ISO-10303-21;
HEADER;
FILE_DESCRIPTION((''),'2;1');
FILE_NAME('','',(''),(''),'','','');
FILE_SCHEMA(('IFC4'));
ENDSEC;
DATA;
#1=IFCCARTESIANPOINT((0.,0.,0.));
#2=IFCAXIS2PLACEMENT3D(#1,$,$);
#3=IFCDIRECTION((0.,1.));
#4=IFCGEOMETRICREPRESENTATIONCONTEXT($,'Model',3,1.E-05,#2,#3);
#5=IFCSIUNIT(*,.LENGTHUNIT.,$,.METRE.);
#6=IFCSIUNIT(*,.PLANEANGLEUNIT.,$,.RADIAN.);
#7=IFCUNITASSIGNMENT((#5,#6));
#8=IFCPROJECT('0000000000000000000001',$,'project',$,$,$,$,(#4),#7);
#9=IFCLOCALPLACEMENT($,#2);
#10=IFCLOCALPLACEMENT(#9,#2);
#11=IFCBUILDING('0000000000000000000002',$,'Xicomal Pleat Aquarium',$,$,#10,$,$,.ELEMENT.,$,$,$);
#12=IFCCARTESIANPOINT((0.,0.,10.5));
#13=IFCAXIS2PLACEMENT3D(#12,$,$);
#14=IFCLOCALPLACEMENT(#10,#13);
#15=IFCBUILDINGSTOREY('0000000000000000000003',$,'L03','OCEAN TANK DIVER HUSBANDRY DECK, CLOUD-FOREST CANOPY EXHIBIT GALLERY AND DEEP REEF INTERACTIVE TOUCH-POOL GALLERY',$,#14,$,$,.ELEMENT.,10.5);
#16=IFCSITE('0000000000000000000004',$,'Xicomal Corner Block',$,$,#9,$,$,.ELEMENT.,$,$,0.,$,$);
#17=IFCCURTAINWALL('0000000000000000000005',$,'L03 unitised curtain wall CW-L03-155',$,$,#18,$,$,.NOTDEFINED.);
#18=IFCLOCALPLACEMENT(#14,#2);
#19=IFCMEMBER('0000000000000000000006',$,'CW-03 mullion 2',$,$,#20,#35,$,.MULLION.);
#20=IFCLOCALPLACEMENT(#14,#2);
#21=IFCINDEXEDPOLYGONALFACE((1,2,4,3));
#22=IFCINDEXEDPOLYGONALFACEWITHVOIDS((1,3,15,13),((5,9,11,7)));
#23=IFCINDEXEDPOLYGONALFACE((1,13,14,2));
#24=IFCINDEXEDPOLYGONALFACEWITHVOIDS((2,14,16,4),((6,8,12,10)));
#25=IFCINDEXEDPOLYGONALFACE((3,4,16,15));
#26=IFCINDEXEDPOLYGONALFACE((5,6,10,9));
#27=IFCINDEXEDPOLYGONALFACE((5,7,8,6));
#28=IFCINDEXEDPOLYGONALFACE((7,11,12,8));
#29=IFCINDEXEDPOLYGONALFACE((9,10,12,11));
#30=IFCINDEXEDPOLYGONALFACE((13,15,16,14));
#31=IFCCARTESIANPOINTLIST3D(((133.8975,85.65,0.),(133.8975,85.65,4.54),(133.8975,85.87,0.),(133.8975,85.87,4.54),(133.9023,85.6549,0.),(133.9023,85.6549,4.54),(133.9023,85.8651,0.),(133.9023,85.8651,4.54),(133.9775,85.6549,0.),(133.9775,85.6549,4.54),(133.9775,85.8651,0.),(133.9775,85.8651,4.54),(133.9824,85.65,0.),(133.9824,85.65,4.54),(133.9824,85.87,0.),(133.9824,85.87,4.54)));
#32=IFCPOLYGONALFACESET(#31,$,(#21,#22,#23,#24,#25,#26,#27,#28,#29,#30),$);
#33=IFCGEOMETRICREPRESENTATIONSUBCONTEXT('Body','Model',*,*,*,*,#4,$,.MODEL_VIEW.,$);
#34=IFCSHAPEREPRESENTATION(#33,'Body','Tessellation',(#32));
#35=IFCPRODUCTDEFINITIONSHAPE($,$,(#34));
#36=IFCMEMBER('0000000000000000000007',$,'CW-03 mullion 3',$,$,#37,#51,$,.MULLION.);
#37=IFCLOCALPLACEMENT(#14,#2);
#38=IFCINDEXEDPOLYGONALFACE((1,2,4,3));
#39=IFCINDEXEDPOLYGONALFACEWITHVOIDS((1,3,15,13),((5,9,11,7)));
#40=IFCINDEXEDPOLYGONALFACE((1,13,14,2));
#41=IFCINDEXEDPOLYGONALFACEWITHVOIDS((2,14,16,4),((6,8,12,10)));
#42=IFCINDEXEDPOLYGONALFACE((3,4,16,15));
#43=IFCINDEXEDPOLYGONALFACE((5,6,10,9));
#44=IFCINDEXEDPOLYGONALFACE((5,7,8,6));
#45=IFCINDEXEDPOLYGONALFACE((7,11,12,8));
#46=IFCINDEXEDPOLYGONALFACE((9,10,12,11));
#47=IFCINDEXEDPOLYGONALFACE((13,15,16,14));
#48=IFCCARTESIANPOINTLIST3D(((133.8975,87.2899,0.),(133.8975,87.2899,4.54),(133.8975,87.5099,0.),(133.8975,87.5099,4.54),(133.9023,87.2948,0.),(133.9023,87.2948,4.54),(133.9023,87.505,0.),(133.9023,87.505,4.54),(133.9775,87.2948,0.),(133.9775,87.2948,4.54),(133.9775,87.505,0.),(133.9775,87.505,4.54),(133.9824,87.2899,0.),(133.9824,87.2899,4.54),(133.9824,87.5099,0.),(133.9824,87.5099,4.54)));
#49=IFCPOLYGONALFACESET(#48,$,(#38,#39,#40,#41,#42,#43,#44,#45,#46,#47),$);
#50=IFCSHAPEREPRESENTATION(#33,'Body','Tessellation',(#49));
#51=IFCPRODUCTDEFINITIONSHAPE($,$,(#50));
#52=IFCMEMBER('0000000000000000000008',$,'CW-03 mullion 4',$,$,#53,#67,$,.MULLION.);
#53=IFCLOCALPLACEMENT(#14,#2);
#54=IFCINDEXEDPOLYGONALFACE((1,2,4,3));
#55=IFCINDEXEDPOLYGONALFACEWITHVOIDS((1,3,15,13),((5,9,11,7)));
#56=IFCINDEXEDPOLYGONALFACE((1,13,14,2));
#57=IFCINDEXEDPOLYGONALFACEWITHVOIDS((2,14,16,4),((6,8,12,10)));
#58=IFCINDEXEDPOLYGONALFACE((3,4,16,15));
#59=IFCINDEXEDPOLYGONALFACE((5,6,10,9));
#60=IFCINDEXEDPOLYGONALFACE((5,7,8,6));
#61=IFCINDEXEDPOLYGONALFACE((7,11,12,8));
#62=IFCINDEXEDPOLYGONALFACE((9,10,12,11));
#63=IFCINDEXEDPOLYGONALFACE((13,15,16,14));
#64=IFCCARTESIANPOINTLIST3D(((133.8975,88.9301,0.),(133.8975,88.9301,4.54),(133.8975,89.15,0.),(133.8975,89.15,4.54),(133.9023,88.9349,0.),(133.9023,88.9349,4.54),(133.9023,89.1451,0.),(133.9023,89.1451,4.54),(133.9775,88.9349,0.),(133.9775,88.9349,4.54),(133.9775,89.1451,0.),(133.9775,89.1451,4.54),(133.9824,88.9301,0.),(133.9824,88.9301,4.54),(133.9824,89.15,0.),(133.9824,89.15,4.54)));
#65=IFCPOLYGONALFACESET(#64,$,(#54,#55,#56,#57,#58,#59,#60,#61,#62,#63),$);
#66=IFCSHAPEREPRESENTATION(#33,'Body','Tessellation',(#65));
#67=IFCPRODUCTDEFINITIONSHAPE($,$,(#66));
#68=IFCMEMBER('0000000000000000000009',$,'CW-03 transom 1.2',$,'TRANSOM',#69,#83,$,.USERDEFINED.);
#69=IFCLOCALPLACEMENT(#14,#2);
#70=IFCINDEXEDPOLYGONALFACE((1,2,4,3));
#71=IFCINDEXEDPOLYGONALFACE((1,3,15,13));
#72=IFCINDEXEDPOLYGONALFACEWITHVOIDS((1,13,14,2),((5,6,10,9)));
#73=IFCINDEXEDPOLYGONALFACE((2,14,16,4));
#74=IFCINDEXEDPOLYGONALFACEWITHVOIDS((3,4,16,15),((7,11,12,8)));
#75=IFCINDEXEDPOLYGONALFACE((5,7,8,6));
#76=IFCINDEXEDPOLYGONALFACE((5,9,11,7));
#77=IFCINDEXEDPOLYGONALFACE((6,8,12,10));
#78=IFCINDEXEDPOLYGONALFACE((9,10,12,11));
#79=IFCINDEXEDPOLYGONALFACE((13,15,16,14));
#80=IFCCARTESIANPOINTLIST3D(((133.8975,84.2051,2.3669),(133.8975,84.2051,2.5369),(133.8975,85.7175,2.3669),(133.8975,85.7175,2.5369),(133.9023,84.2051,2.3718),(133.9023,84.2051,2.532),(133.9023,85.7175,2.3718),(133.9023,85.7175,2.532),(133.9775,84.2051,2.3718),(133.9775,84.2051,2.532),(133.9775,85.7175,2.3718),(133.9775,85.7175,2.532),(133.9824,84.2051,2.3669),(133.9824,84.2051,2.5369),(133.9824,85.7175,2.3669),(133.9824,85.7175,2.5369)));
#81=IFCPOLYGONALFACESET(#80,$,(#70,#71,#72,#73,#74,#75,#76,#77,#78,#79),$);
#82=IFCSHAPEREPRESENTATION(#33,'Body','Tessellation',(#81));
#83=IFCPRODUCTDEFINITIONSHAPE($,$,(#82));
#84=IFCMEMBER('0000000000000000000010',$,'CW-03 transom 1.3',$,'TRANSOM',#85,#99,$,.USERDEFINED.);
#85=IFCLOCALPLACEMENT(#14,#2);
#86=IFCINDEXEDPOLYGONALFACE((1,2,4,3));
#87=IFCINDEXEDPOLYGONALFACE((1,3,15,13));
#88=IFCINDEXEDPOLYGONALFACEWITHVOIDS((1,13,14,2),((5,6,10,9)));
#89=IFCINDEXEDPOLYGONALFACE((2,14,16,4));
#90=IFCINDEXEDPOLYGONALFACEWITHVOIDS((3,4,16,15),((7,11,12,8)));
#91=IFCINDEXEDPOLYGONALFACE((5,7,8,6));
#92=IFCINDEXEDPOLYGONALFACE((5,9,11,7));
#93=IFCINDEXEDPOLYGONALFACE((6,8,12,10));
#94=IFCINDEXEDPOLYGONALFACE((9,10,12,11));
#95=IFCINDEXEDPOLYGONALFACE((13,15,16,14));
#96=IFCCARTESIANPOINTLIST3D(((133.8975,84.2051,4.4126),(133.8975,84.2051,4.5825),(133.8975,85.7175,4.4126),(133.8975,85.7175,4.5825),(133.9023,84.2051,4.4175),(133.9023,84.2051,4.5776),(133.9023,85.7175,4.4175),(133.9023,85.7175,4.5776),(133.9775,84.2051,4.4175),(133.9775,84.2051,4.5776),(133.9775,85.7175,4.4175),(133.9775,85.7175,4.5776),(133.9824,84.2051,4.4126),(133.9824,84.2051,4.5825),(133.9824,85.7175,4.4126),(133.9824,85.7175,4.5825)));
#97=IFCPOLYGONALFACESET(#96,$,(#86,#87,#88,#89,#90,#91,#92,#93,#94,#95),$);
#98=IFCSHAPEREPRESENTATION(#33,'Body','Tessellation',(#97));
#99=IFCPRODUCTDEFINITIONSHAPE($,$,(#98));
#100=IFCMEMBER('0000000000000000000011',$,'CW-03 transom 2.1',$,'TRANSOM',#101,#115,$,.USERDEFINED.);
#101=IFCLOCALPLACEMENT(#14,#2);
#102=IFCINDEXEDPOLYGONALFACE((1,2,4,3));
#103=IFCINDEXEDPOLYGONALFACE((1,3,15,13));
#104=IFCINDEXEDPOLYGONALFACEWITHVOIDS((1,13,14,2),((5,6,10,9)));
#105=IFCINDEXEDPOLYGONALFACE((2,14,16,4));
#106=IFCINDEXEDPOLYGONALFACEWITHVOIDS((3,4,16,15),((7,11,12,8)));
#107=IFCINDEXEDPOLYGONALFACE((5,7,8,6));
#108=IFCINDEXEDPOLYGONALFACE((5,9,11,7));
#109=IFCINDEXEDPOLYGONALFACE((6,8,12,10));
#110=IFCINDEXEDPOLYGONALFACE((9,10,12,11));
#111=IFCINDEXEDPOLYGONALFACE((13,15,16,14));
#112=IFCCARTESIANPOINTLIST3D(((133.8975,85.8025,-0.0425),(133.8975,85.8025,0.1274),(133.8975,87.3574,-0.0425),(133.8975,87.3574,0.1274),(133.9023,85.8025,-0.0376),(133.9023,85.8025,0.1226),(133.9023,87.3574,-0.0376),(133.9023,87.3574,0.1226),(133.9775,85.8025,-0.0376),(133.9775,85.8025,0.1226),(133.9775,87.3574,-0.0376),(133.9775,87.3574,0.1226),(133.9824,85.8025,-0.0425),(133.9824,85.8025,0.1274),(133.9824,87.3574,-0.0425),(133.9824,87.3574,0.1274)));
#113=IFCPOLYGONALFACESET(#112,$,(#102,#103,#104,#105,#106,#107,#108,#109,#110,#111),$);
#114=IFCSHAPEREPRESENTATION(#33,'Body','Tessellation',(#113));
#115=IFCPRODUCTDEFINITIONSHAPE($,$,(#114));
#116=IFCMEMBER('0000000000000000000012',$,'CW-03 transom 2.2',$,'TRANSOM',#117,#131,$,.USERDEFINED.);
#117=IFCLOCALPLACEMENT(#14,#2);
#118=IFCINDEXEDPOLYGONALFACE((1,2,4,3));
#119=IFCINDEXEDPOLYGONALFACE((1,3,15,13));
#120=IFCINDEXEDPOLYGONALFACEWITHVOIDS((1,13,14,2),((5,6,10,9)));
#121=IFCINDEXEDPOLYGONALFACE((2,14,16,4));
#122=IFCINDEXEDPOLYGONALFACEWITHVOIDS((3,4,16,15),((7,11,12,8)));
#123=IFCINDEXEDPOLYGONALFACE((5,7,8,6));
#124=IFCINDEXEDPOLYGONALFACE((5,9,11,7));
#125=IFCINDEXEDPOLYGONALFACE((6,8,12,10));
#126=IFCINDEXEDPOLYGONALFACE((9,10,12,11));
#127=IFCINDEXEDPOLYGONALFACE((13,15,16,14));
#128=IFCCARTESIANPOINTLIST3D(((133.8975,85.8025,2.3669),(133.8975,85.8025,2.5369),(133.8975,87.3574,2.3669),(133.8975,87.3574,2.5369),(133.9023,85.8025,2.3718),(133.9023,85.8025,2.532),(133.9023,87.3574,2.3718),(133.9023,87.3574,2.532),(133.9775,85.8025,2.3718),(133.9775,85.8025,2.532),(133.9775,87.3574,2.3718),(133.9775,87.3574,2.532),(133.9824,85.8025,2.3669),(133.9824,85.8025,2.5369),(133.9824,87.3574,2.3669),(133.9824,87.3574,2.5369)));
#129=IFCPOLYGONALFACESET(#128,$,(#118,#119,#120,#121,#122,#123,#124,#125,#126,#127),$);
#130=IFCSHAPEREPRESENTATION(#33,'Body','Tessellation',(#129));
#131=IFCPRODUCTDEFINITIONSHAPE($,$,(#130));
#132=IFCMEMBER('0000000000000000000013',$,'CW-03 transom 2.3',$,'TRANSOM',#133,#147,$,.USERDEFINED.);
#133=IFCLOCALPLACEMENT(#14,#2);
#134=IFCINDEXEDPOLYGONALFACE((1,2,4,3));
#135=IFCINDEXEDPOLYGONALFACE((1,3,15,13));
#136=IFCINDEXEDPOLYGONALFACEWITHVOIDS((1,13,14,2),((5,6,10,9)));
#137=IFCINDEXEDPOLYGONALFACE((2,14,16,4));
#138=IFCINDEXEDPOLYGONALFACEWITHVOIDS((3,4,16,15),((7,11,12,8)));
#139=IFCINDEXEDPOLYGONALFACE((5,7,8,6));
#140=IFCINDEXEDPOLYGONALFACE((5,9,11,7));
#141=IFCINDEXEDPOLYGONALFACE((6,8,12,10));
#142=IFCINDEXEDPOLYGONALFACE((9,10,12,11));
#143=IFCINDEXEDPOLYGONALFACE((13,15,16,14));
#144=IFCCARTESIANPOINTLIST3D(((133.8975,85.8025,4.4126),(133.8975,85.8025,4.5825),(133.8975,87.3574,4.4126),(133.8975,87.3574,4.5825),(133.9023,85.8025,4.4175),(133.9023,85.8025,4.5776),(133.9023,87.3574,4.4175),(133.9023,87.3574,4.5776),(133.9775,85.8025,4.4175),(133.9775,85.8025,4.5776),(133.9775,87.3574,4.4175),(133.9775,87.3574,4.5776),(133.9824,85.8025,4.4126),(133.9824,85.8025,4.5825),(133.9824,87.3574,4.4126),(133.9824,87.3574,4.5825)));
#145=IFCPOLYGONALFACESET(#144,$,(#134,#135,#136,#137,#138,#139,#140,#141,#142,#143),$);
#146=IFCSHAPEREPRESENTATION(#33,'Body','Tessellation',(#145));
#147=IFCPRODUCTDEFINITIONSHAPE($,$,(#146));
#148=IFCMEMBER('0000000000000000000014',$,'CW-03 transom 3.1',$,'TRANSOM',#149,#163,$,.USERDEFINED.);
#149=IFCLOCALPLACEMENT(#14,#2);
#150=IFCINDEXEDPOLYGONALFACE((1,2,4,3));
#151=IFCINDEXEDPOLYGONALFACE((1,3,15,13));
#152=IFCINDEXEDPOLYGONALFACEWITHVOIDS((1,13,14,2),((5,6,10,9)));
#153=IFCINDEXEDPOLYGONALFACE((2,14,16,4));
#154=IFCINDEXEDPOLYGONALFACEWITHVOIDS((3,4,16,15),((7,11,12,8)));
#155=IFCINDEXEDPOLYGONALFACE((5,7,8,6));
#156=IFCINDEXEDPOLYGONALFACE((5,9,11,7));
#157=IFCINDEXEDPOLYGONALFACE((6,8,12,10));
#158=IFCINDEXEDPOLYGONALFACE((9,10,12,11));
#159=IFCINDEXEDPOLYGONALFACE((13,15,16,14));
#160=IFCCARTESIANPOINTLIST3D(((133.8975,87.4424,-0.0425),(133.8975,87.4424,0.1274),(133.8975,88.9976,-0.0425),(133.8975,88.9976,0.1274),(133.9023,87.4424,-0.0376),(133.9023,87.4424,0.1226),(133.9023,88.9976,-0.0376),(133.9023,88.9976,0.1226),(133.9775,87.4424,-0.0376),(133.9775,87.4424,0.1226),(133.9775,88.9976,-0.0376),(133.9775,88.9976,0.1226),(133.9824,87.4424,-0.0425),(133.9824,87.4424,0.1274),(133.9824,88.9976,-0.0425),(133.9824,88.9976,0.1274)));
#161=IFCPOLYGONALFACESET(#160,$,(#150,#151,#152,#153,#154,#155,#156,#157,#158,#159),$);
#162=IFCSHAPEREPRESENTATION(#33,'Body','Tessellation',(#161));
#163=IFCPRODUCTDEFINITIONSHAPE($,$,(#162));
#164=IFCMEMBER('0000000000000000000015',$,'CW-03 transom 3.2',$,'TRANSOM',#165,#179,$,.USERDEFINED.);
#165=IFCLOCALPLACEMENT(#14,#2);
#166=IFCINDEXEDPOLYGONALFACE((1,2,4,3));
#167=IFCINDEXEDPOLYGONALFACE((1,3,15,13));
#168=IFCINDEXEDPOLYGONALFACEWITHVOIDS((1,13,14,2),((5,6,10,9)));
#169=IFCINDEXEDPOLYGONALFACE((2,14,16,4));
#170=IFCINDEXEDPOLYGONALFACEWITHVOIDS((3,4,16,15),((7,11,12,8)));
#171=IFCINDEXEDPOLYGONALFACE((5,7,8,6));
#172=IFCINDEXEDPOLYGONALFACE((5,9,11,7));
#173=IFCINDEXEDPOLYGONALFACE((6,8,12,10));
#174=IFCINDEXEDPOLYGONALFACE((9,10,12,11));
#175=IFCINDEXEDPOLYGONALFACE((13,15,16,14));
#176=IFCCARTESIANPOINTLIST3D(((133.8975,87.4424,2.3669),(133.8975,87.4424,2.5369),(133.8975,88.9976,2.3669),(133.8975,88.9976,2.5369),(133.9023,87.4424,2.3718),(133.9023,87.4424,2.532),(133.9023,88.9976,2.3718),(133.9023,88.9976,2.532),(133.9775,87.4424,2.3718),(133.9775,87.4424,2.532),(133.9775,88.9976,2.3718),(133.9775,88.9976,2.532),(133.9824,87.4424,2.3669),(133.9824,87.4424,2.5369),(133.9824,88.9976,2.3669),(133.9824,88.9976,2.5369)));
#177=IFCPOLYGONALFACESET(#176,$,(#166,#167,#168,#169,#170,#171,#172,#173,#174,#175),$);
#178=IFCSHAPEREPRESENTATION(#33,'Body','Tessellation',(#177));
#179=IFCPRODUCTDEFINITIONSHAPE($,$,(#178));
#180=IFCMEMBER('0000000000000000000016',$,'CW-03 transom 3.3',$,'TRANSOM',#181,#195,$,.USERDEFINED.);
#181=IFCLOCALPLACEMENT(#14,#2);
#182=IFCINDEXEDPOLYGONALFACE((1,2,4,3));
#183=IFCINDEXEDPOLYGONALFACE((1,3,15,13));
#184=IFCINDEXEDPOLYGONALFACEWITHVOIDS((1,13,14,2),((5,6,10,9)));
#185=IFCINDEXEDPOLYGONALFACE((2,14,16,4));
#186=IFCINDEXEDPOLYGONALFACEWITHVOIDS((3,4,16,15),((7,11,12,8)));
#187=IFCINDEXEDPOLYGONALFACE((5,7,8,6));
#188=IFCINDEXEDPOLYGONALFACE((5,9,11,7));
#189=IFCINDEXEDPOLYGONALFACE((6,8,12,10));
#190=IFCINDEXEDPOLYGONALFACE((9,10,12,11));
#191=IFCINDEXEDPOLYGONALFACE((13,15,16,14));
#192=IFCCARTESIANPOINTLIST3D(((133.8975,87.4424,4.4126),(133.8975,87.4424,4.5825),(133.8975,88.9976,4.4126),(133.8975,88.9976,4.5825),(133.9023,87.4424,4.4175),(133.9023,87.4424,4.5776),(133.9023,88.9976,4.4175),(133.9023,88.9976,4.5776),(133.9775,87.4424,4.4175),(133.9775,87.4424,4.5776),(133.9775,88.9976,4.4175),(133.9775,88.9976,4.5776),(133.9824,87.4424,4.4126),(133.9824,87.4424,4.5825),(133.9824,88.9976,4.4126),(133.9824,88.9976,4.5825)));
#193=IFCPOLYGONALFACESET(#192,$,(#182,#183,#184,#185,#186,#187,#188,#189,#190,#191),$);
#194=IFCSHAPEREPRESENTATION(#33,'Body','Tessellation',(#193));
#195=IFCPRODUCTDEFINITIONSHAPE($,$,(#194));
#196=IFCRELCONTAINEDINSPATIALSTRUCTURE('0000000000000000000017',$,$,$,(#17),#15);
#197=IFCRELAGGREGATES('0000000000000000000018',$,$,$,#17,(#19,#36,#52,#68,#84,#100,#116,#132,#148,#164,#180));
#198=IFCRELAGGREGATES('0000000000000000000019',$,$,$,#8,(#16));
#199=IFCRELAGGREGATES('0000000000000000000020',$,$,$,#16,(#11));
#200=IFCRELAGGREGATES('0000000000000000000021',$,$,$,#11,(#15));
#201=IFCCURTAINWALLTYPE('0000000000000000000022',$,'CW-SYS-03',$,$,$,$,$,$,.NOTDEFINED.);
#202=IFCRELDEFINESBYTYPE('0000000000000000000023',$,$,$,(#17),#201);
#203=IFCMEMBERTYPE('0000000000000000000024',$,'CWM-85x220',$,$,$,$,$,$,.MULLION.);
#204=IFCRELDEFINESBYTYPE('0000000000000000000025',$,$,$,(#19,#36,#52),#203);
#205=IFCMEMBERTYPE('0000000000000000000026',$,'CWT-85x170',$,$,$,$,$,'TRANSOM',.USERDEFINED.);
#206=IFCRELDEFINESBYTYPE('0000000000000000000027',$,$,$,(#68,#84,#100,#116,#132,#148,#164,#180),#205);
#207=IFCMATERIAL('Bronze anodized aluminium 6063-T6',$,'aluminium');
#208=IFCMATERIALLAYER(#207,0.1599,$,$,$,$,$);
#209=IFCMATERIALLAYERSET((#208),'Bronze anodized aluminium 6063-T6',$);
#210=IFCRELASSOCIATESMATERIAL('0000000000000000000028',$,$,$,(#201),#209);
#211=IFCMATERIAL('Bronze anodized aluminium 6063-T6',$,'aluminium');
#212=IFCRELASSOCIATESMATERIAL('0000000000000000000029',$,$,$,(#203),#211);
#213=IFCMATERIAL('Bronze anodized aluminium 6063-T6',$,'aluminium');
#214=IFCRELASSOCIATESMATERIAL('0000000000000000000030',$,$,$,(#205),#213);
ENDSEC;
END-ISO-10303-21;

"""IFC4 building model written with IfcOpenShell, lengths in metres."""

from ifc_helpers import new_model, si_unit, direction, frame, origin, origin_2d, place, context, subcontext, project, spatial, hollow_rectangle, extrude, material, layer, layer_set, material_profile, profile_set, type_object, element, aggregate, save


model = new_model("IFC4")

# Units and contexts
model_context = context("Model", 3, precision=1e-05, world=origin(), true_north=direction((0.0, 1.0)))
body_context = subcontext(model_context, "Body", "Model", "MODEL_VIEW")
ifc_project = project(units=[si_unit("LENGTHUNIT", "METRE"), si_unit("PLANEANGLEUNIT", "RADIAN")], contexts=[model_context])

# Site, building, storey
site_placement = place(None, origin())
site = spatial("IfcSite", under=ifc_project, at=site_placement, Name="Xicomal Corner Block", CompositionType="ELEMENT", RefElevation=0.0)
building_placement = place(site_placement, origin())
building = spatial("IfcBuilding", under=site, at=building_placement, Name="Xicomal Pleat Aquarium", CompositionType="ELEMENT")
storey_placement = place(building_placement, frame((0.0, 0.0, 10.5)))
storey = spatial("IfcBuildingStorey", under=building, at=storey_placement, Name="L03", Description="OCEAN TANK DIVER HUSBANDRY DECK, CLOUD-FOREST CANOPY EXHIBIT GALLERY AND DEEP REEF INTERACTIVE TOUCH-POOL GALLERY", CompositionType="ELEMENT", Elevation=10.5)

# Curtain wall, members
ifc_material_1 = material(Name="Bronze anodized aluminium 6063-T6", Category="aluminium")
ifc_layer_1 = layer(ifc_material_1, 0.1599)
ifc_layer_set_1 = layer_set([ifc_layer_1], Name="Bronze anodized aluminium 6063-T6")
curtain_wall_type = type_object("IfcCurtainWallType", Name="CW-SYS-03", PredefinedType="NOTDEFINED", material=ifc_layer_set_1)
curtain_wall_placement = place(storey_placement, origin())
curtain_wall = element("IfcCurtainWall", 1, at=curtain_wall_placement, inside=storey, type_object=curtain_wall_type, Name="L03 unitised curtain wall CW-L03-155", PredefinedType="NOTDEFINED")
ifc_material_2 = material(Name="Bronze anodized aluminium 6063-T6", Category="aluminium")
ifc_material_profile_1 = material_profile(ifc_material_2, hollow_rectangle(XDim=0.085, YDim=0.22, WallThickness=0.0049, at=origin_2d()), Name="ALU MULL 85x220")
ifc_profile_set_1 = profile_set([ifc_material_profile_1], Name="Bronze anodized aluminium 6063-T6")
member_type_1 = type_object("IfcMemberType", Name="CWM-85x220", PredefinedType="MULLION", material=ifc_profile_set_1)
member_1_placement = place(storey_placement, frame((133.9399, 85.76, 0.0), z_axis=(0.0, 0.0, 1.0), x_axis=(-1.0, 0.0, 0.0)))
member_1 = element("IfcMember", 2, at=member_1_placement, type_object=member_type_1, Name="CW-03 mullion 2", PredefinedType="MULLION", context=body_context, shape_type="SweptSolid", body=[
    extrude(hollow_rectangle(XDim=0.085, YDim=0.22, WallThickness=0.0049, at=origin_2d()), origin(), (0.0, 0.0, 1.0), 4.54),
])
member_2_placement = place(storey_placement, frame((133.9399, 87.3999, 0.0), z_axis=(0.0, 0.0, 1.0), x_axis=(-1.0, 0.0, 0.0)))
member_2 = element("IfcMember", 3, at=member_2_placement, type_object=member_type_1, Name="CW-03 mullion 3", PredefinedType="MULLION", context=body_context, shape_type="SweptSolid", body=[
    extrude(hollow_rectangle(XDim=0.085, YDim=0.22, WallThickness=0.0049, at=origin_2d()), origin(), (0.0, 0.0, 1.0), 4.54),
])
member_3_placement = place(storey_placement, frame((133.9399, 89.04, 0.0), z_axis=(0.0, 0.0, 1.0), x_axis=(-1.0, 0.0, 0.0)))
member_3 = element("IfcMember", 4, at=member_3_placement, type_object=member_type_1, Name="CW-03 mullion 4", PredefinedType="MULLION", context=body_context, shape_type="SweptSolid", body=[
    extrude(hollow_rectangle(XDim=0.085, YDim=0.22, WallThickness=0.0049, at=origin_2d()), origin(), (0.0, 0.0, 1.0), 4.54),
])
ifc_material_3 = material(Name="Bronze anodized aluminium 6063-T6", Category="aluminium")
ifc_material_profile_2 = material_profile(ifc_material_3, hollow_rectangle(XDim=0.085, YDim=0.1699, WallThickness=0.0049, at=origin_2d()), Name="ALU TRAN 85x170")
ifc_profile_set_2 = profile_set([ifc_material_profile_2], Name="Bronze anodized aluminium 6063-T6")
member_type_2 = type_object("IfcMemberType", Name="CWT-85x170", ElementType="TRANSOM", PredefinedType="USERDEFINED", material=ifc_profile_set_2)
member_4_placement = place(storey_placement, frame((133.9399, 84.2051, 2.4519), z_axis=(0.0, 1.0, 0.0), x_axis=(-1.0, 0.0, 0.0)))
member_4 = element("IfcMember", 5, at=member_4_placement, type_object=member_type_2, Name="CW-03 transom 1.2", ObjectType="TRANSOM", PredefinedType="USERDEFINED", context=body_context, shape_type="SweptSolid", body=[
    extrude(hollow_rectangle(XDim=0.085, YDim=0.1699, WallThickness=0.0049, at=origin_2d()), origin(), (0.0, 0.0, 1.0), 1.5125),
])
member_5_placement = place(storey_placement, frame((133.9399, 84.2051, 4.4976), z_axis=(0.0, 1.0, 0.0), x_axis=(-1.0, 0.0, 0.0)))
member_5 = element("IfcMember", 6, at=member_5_placement, type_object=member_type_2, Name="CW-03 transom 1.3", ObjectType="TRANSOM", PredefinedType="USERDEFINED", context=body_context, shape_type="SweptSolid", body=[
    extrude(hollow_rectangle(XDim=0.085, YDim=0.1699, WallThickness=0.0049, at=origin_2d()), origin(), (0.0, 0.0, 1.0), 1.5125),
])
member_6_placement = place(storey_placement, frame((133.9399, 85.8025, 0.0425), z_axis=(0.0, 1.0, 0.0), x_axis=(-1.0, 0.0, 0.0)))
member_6 = element("IfcMember", 7, at=member_6_placement, type_object=member_type_2, Name="CW-03 transom 2.1", ObjectType="TRANSOM", PredefinedType="USERDEFINED", context=body_context, shape_type="SweptSolid", body=[
    extrude(hollow_rectangle(XDim=0.085, YDim=0.1699, WallThickness=0.0049, at=origin_2d()), origin(), (0.0, 0.0, 1.0), 1.5549),
])
member_7_placement = place(storey_placement, frame((133.9399, 85.8025, 2.4519), z_axis=(0.0, 1.0, 0.0), x_axis=(-1.0, 0.0, 0.0)))
member_7 = element("IfcMember", 8, at=member_7_placement, type_object=member_type_2, Name="CW-03 transom 2.2", ObjectType="TRANSOM", PredefinedType="USERDEFINED", context=body_context, shape_type="SweptSolid", body=[
    extrude(hollow_rectangle(XDim=0.085, YDim=0.1699, WallThickness=0.0049, at=origin_2d()), origin(), (0.0, 0.0, 1.0), 1.5549),
])
member_8_placement = place(storey_placement, frame((133.9399, 85.8025, 4.4976), z_axis=(0.0, 1.0, 0.0), x_axis=(-1.0, 0.0, 0.0)))
member_8 = element("IfcMember", 9, at=member_8_placement, type_object=member_type_2, Name="CW-03 transom 2.3", ObjectType="TRANSOM", PredefinedType="USERDEFINED", context=body_context, shape_type="SweptSolid", body=[
    extrude(hollow_rectangle(XDim=0.085, YDim=0.1699, WallThickness=0.0049, at=origin_2d()), origin(), (0.0, 0.0, 1.0), 1.5549),
])
member_9_placement = place(storey_placement, frame((133.9399, 87.4424, 0.0425), z_axis=(0.0, 1.0, 0.0), x_axis=(-1.0, 0.0, 0.0)))
member_9 = element("IfcMember", 10, at=member_9_placement, type_object=member_type_2, Name="CW-03 transom 3.1", ObjectType="TRANSOM", PredefinedType="USERDEFINED", context=body_context, shape_type="SweptSolid", body=[
    extrude(hollow_rectangle(XDim=0.085, YDim=0.1699, WallThickness=0.0049, at=origin_2d()), origin(), (0.0, 0.0, 1.0), 1.5552),
])
member_10_placement = place(storey_placement, frame((133.9399, 87.4424, 2.4519), z_axis=(0.0, 1.0, 0.0), x_axis=(-1.0, 0.0, 0.0)))
member_10 = element("IfcMember", 11, at=member_10_placement, type_object=member_type_2, Name="CW-03 transom 3.2", ObjectType="TRANSOM", PredefinedType="USERDEFINED", context=body_context, shape_type="SweptSolid", body=[
    extrude(hollow_rectangle(XDim=0.085, YDim=0.1699, WallThickness=0.0049, at=origin_2d()), origin(), (0.0, 0.0, 1.0), 1.5552),
])
member_11_placement = place(storey_placement, frame((133.9399, 87.4424, 4.4976), z_axis=(0.0, 1.0, 0.0), x_axis=(-1.0, 0.0, 0.0)))
member_11 = element("IfcMember", 12, at=member_11_placement, type_object=member_type_2, Name="CW-03 transom 3.3", ObjectType="TRANSOM", PredefinedType="USERDEFINED", context=body_context, shape_type="SweptSolid", body=[
    extrude(hollow_rectangle(XDim=0.085, YDim=0.1699, WallThickness=0.0049, at=origin_2d()), origin(), (0.0, 0.0, 1.0), 1.5552),
])
aggregate(curtain_wall, [member_1, member_2, member_3, member_4, member_5, member_6, member_7, member_8, member_9, member_10, member_11])

save(model, "model.ifc")
